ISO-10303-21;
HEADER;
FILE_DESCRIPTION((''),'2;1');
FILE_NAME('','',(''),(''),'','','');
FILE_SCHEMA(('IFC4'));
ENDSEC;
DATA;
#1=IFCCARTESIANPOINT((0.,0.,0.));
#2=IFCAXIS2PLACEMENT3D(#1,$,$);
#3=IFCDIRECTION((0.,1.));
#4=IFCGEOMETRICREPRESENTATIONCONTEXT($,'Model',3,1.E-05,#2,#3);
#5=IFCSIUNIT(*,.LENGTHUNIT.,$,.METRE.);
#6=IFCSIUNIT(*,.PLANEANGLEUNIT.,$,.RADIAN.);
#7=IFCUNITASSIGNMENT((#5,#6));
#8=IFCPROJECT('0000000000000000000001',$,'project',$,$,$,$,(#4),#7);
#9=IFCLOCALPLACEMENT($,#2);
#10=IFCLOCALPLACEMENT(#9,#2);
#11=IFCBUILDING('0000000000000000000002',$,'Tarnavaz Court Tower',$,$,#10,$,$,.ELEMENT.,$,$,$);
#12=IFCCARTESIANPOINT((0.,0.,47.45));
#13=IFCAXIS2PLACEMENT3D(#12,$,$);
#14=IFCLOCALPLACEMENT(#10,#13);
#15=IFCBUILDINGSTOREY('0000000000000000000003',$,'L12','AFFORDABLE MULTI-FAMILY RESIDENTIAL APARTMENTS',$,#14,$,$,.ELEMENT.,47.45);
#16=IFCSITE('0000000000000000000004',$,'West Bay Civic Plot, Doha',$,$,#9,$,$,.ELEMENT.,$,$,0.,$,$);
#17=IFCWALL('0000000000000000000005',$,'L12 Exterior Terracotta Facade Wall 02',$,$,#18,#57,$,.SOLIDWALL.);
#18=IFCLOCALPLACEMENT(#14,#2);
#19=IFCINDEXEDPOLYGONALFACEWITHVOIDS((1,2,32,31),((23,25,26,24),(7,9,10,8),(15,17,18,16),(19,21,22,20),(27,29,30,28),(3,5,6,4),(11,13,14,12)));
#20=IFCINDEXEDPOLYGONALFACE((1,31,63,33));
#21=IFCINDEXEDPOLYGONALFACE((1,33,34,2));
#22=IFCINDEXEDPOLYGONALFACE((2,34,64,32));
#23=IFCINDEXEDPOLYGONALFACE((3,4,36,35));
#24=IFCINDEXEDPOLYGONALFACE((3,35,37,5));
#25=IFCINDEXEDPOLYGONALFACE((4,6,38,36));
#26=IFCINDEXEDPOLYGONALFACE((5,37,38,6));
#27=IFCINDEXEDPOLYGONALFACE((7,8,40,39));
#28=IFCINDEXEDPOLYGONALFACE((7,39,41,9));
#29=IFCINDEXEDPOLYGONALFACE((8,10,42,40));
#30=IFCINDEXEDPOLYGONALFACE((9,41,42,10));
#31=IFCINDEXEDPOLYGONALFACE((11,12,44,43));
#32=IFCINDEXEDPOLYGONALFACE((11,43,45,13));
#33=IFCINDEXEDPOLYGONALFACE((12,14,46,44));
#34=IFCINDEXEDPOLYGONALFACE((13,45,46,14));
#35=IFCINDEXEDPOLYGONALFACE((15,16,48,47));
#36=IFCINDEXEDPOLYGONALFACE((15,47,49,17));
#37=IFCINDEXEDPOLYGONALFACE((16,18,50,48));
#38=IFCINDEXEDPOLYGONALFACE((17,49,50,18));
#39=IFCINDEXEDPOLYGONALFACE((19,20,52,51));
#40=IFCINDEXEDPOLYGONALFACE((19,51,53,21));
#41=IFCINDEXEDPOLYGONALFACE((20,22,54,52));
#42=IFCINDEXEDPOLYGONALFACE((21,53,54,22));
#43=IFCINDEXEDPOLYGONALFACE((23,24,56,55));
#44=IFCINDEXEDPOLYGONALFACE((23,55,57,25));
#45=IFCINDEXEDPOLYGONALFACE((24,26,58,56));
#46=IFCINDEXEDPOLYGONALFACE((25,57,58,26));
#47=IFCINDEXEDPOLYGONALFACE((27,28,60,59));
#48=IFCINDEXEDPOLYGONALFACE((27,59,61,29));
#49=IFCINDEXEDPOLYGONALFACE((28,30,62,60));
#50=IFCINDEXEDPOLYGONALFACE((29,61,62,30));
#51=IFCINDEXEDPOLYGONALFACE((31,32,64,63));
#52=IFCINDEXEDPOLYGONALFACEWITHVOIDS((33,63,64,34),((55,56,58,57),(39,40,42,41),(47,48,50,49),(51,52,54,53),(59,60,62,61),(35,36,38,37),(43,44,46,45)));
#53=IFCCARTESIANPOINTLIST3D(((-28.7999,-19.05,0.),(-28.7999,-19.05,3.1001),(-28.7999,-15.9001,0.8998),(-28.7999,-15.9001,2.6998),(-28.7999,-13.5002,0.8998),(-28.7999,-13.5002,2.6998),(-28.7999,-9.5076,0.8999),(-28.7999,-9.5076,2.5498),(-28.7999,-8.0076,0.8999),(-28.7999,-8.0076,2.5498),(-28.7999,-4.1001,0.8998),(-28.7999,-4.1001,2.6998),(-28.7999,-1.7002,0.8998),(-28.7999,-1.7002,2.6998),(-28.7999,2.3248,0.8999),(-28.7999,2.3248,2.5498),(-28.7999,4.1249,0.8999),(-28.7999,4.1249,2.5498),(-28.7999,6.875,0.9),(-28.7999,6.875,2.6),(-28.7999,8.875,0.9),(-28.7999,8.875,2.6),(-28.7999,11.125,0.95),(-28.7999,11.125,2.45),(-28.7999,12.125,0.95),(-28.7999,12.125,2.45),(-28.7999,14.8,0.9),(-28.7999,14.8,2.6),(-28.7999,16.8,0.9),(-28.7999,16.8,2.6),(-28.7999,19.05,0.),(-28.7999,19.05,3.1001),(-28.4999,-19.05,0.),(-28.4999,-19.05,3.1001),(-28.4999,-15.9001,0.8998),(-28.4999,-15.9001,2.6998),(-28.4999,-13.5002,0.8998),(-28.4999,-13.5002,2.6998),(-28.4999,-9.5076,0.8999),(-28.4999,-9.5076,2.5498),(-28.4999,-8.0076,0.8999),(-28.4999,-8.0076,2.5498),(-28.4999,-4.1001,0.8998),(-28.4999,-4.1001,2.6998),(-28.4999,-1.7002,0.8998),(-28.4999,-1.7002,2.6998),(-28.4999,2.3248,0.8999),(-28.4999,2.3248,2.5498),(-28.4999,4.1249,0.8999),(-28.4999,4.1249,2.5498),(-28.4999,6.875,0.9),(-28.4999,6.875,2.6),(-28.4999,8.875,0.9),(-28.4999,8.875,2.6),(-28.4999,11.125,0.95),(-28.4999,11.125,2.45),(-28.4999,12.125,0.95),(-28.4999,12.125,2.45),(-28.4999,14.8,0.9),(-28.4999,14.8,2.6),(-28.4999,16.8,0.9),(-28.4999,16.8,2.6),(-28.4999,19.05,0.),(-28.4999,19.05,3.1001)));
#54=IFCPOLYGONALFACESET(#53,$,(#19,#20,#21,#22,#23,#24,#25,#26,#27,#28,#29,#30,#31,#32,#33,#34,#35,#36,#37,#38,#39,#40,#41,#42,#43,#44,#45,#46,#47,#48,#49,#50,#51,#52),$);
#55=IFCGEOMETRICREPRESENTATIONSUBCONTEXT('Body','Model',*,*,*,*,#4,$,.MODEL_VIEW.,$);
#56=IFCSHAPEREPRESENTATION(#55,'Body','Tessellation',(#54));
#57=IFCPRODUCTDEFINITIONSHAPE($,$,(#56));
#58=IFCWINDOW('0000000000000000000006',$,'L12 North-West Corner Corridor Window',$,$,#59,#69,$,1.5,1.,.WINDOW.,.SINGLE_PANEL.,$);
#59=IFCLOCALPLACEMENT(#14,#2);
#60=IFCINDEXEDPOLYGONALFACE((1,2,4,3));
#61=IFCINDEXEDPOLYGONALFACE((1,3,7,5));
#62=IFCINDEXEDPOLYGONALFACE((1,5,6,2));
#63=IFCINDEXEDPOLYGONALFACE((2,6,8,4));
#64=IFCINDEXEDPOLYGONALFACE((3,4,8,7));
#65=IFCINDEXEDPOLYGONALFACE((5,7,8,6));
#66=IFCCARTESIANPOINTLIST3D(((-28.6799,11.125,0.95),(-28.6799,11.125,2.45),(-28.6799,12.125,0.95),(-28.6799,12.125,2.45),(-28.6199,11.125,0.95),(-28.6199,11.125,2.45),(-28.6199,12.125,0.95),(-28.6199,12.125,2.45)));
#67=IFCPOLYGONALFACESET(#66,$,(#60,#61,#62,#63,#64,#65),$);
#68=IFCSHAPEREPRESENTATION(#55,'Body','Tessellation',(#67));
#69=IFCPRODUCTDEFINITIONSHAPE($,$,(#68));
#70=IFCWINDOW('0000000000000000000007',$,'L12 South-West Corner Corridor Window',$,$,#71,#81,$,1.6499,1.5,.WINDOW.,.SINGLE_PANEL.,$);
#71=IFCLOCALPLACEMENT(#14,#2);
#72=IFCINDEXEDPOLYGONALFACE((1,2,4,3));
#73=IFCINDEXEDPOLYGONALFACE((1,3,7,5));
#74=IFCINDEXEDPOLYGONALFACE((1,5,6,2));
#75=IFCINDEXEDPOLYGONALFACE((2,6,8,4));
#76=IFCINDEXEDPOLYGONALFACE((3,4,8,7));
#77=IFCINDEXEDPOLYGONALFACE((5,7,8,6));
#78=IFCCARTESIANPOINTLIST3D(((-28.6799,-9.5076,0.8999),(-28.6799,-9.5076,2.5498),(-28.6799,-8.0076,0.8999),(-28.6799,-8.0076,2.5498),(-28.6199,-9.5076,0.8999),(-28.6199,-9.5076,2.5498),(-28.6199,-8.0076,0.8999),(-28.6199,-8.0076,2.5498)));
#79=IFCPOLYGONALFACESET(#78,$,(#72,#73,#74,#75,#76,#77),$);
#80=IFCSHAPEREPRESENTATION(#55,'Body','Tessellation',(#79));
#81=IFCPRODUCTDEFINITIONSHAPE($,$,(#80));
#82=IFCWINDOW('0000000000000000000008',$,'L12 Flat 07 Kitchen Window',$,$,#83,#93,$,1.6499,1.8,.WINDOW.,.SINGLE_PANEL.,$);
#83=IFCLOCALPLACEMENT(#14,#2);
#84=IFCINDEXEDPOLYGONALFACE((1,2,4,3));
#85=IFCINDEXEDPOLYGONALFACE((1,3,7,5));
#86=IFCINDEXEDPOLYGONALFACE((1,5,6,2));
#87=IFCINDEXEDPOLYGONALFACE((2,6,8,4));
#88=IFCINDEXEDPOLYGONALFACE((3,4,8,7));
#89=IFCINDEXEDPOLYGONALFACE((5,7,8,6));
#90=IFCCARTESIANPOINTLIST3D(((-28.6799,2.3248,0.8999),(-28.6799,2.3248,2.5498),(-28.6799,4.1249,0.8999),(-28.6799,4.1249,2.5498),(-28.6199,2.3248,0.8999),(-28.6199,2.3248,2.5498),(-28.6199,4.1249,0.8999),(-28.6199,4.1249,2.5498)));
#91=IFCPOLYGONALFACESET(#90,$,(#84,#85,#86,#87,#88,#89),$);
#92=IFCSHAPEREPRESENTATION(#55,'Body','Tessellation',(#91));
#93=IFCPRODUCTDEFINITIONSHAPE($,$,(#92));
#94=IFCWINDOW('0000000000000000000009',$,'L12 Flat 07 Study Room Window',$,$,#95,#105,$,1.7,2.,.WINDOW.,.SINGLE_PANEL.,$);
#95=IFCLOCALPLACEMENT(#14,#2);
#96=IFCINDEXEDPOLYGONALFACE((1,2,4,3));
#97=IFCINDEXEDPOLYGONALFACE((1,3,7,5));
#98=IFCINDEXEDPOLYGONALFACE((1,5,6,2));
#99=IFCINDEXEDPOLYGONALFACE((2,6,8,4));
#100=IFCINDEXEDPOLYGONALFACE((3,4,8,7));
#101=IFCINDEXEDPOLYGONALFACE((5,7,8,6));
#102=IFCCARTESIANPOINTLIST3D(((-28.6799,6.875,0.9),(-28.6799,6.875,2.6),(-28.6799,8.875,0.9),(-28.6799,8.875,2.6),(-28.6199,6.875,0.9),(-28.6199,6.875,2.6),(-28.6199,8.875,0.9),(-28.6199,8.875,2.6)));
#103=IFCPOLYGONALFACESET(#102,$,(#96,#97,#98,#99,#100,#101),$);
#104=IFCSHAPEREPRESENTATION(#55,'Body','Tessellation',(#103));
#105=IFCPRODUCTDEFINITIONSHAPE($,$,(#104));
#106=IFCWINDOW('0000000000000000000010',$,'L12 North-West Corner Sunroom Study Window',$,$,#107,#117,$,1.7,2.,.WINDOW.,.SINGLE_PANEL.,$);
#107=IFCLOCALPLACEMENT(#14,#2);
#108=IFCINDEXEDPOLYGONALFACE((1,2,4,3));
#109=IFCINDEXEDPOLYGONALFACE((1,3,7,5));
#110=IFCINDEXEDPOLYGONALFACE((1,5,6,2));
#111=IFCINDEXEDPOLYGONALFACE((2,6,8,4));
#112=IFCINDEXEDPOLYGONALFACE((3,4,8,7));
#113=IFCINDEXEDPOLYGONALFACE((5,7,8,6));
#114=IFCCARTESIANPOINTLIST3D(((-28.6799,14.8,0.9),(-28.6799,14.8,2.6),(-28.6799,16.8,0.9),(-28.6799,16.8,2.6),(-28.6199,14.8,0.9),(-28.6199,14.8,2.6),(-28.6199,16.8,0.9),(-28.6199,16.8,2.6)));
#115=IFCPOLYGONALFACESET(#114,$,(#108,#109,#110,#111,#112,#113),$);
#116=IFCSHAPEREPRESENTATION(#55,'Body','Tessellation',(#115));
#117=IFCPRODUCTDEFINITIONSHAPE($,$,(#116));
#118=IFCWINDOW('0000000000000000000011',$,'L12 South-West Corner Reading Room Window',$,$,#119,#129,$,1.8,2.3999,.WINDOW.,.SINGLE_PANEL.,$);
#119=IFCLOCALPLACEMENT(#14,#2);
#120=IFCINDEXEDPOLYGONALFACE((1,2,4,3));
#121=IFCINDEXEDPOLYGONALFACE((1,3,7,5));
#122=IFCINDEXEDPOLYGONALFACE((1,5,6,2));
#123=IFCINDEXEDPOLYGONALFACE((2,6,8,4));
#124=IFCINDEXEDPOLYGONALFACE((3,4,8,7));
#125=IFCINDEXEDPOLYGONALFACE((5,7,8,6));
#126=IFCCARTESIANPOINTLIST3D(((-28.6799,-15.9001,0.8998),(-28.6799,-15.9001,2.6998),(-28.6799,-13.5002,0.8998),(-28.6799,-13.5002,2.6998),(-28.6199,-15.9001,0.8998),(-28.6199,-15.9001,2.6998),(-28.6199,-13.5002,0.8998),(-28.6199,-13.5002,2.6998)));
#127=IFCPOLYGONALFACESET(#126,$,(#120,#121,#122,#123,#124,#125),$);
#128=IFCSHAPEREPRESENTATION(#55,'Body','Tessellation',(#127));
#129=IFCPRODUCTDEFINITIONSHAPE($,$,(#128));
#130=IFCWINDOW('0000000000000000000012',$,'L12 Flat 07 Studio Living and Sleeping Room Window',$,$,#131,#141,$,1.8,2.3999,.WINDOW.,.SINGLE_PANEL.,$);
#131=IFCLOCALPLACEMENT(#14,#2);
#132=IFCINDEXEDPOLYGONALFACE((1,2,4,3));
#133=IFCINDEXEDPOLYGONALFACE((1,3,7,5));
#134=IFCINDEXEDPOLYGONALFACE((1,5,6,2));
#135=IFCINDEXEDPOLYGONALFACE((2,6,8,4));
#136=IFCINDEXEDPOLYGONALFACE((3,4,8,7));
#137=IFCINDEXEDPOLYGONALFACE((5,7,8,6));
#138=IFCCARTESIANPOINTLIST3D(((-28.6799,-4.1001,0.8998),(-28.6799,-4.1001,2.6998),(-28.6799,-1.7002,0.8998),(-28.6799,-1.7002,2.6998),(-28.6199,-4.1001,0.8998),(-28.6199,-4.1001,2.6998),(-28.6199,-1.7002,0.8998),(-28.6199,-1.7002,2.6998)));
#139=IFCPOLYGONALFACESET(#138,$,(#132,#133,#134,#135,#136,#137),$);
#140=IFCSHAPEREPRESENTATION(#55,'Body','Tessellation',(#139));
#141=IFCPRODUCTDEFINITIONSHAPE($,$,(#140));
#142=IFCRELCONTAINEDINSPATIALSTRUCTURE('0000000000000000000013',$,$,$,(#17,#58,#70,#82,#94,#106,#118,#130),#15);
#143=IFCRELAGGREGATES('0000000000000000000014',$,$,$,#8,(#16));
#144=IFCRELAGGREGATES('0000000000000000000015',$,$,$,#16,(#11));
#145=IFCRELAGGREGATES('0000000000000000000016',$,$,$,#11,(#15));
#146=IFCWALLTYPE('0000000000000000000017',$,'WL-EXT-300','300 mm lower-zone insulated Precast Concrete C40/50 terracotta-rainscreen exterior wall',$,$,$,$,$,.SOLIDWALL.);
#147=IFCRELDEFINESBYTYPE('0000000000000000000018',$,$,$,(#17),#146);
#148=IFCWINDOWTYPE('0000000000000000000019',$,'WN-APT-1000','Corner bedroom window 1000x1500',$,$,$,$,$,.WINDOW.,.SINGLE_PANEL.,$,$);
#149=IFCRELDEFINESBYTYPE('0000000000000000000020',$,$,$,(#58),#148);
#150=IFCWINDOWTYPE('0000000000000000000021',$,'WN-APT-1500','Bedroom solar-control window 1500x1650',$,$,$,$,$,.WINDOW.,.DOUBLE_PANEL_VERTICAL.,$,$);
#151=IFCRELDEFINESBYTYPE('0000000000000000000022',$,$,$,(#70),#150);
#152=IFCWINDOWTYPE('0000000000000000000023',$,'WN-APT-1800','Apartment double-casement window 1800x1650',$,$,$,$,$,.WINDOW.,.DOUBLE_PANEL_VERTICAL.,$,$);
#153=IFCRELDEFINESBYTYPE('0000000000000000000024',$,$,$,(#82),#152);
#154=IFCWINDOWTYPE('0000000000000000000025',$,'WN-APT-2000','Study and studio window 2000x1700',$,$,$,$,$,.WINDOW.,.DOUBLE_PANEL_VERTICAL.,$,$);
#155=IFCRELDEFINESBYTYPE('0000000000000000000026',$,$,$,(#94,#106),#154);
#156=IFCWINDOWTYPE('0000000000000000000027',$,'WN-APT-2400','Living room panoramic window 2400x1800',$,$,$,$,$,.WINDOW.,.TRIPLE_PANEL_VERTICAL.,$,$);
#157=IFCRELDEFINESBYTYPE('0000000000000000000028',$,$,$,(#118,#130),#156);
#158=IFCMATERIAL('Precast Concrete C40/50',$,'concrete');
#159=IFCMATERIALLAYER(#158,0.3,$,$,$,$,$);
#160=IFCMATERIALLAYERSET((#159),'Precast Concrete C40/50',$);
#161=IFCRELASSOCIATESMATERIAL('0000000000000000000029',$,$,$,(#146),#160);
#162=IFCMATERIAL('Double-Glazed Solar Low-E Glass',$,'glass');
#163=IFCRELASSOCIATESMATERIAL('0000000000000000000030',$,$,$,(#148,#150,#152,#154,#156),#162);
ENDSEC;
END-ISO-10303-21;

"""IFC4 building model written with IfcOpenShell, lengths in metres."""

from ifc_helpers import new_model, si_unit, direction, frame, frame_2d, origin, place, context, subcontext, project, spatial, rectangle, extrude, material, layer, layer_set, type_object, element, fill, save


model = new_model("IFC4")

# Units and contexts
model_context = context("Model", 3, precision=1e-05, world=origin(), true_north=direction((0.0, 1.0)))
body_context = subcontext(model_context, "Body", "Model", "MODEL_VIEW")
ifc_project = project(units=[si_unit("LENGTHUNIT", "METRE"), si_unit("PLANEANGLEUNIT", "RADIAN")], contexts=[model_context])

# Site, building, storey
site_placement = place(None, origin())
site = spatial("IfcSite", under=ifc_project, at=site_placement, Name="West Bay Civic Plot, Doha", CompositionType="ELEMENT", RefElevation=0.0)
building_placement = place(site_placement, origin())
building = spatial("IfcBuilding", under=site, at=building_placement, Name="Tarnavaz Court Tower", CompositionType="ELEMENT")
storey_placement = place(building_placement, frame((0.0, 0.0, 47.45)))
storey = spatial("IfcBuildingStorey", under=building, at=storey_placement, Name="L12", Description="AFFORDABLE MULTI-FAMILY RESIDENTIAL APARTMENTS", CompositionType="ELEMENT", Elevation=47.45)

# Wall, openings, windows
ifc_material_1 = material(Name="Precast Concrete C40/50", Category="concrete")
ifc_layer_1 = layer(ifc_material_1, 0.3)
ifc_layer_set_1 = layer_set([ifc_layer_1], Name="Precast Concrete C40/50")
wall_type_1 = type_object("IfcWallType", Name="WL-EXT-300", Description="300 mm lower-zone insulated Precast Concrete C40/50 terracotta-rainscreen exterior wall", PredefinedType="SOLIDWALL", material=ifc_layer_set_1)
wall_1_placement = place(storey_placement, frame((-28.6499, -19.05, 0.0), z_axis=(0.0, 0.0, 1.0), x_axis=(0.0, 1.0, 0.0)))
wall_1 = element("IfcWall", 1, at=wall_1_placement, inside=storey, type_object=wall_type_1, Name="L12 Exterior Terracotta Facade Wall 02", PredefinedType="SOLIDWALL", context=body_context, shape_type="SweptSolid", body=[
    extrude(rectangle(XDim=38.1001, YDim=0.3, at=frame_2d((19.05, 0.0))), origin(), (0.0, 0.0, 1.0), 3.1001),
])
opening_1_placement = place(wall_1_placement, frame((3.1499, 0.0, 0.8999)))
opening_1 = element("IfcOpeningElement", 2, at=opening_1_placement, cuts=wall_1, PredefinedType="OPENING", context=body_context, shape_type="SweptSolid", body=[
    extrude(rectangle(XDim=2.3999, YDim=1.8, at=frame_2d((1.2, 0.8999))), frame((0.0, 0.1599, 0.0), z_axis=(0.0, -1.0, 0.0), x_axis=(1.0, 0.0, 0.0)), (0.0, 0.0, 1.0), 0.3201),
])
opening_2_placement = place(wall_1_placement, frame((9.5425, 0.0, 0.8999)))
opening_2 = element("IfcOpeningElement", 3, at=opening_2_placement, cuts=wall_1, PredefinedType="OPENING", context=body_context, shape_type="SweptSolid", body=[
    extrude(rectangle(XDim=1.5, YDim=1.6499, at=frame_2d((0.75, 0.825))), frame((0.0, 0.1599, 0.0), z_axis=(0.0, -1.0, 0.0), x_axis=(1.0, 0.0, 0.0)), (0.0, 0.0, 1.0), 0.3201),
])
opening_3_placement = place(wall_1_placement, frame((14.95, 0.0, 0.8999)))
opening_3 = element("IfcOpeningElement", 4, at=opening_3_placement, cuts=wall_1, PredefinedType="OPENING", context=body_context, shape_type="SweptSolid", body=[
    extrude(rectangle(XDim=2.3999, YDim=1.8, at=frame_2d((1.2, 0.8999))), frame((0.0, 0.1599, 0.0), z_axis=(0.0, -1.0, 0.0), x_axis=(1.0, 0.0, 0.0)), (0.0, 0.0, 1.0), 0.3201),
])
opening_4_placement = place(wall_1_placement, frame((21.375, 0.0, 0.8999)))
opening_4 = element("IfcOpeningElement", 5, at=opening_4_placement, cuts=wall_1, PredefinedType="OPENING", context=body_context, shape_type="SweptSolid", body=[
    extrude(rectangle(XDim=1.8, YDim=1.6499, at=frame_2d((0.8999, 0.825))), frame((0.0, 0.1599, 0.0), z_axis=(0.0, -1.0, 0.0), x_axis=(1.0, 0.0, 0.0)), (0.0, 0.0, 1.0), 0.3201),
])
opening_5_placement = place(wall_1_placement, frame((25.925, 0.0, 0.8999)))
opening_5 = element("IfcOpeningElement", 6, at=opening_5_placement, cuts=wall_1, PredefinedType="OPENING", context=body_context, shape_type="SweptSolid", body=[
    extrude(rectangle(XDim=2.0, YDim=1.7, at=frame_2d((1.0, 0.8501))), frame((0.0, 0.1599, 0.0), z_axis=(0.0, -1.0, 0.0), x_axis=(1.0, 0.0, 0.0)), (0.0, 0.0, 1.0), 0.3201),
])
opening_6_placement = place(wall_1_placement, frame((30.175, 0.0, 0.95)))
opening_6 = element("IfcOpeningElement", 7, at=opening_6_placement, cuts=wall_1, PredefinedType="OPENING", context=body_context, shape_type="SweptSolid", body=[
    extrude(rectangle(XDim=1.0, YDim=1.5, at=frame_2d((0.5, 0.75))), frame((0.0, 0.1599, 0.0), z_axis=(0.0, -1.0, 0.0), x_axis=(1.0, 0.0, 0.0)), (0.0, 0.0, 1.0), 0.3201),
])
opening_7_placement = place(wall_1_placement, frame((33.8501, 0.0, 0.8999)))
opening_7 = element("IfcOpeningElement", 8, at=opening_7_placement, cuts=wall_1, PredefinedType="OPENING", context=body_context, shape_type="SweptSolid", body=[
    extrude(rectangle(XDim=2.0, YDim=1.7, at=frame_2d((1.0, 0.8501))), frame((0.0, 0.1599, 0.0), z_axis=(0.0, -1.0, 0.0), x_axis=(1.0, 0.0, 0.0)), (0.0, 0.0, 1.0), 0.3201),
])
ifc_material_2 = material(Name="Double-Glazed Solar Low-E Glass", Category="glass")
window_type_1 = type_object("IfcWindowType", Name="WN-APT-1000", Description="Corner bedroom window 1000x1500", PartitioningType="SINGLE_PANEL", PredefinedType="WINDOW", material=ifc_material_2)
window_1_placement = place(opening_6_placement, origin())
window_1 = element("IfcWindow", 9, at=window_1_placement, inside=storey, type_object=window_type_1, Name="L12 North-West Corner Corridor Window", OverallHeight=1.5, OverallWidth=1.0, PartitioningType="SINGLE_PANEL", PredefinedType="WINDOW", context=body_context, shape_type="SweptSolid", body=[
    extrude(rectangle(XDim=1.0, YDim=1.5, at=frame_2d((0.5, 0.75))), frame((0.0, 0.03, 0.0), z_axis=(0.0, -1.0, 0.0), x_axis=(1.0, 0.0, 0.0)), (0.0, 0.0, 1.0), 0.0601),
])
fill(opening_6, window_1)
window_type_2 = type_object("IfcWindowType", Name="WN-APT-1500", Description="Bedroom solar-control window 1500x1650", PartitioningType="DOUBLE_PANEL_VERTICAL", PredefinedType="WINDOW", material=ifc_material_2)
window_2_placement = place(opening_2_placement, origin())
window_2 = element("IfcWindow", 10, at=window_2_placement, inside=storey, type_object=window_type_2, Name="L12 South-West Corner Corridor Window", OverallHeight=1.6499, OverallWidth=1.5, PartitioningType="SINGLE_PANEL", PredefinedType="WINDOW", context=body_context, shape_type="SweptSolid", body=[
    extrude(rectangle(XDim=1.5, YDim=1.6499, at=frame_2d((0.75, 0.825))), frame((0.0, 0.03, 0.0), z_axis=(0.0, -1.0, 0.0), x_axis=(1.0, 0.0, 0.0)), (0.0, 0.0, 1.0), 0.0601),
])
fill(opening_2, window_2)
window_type_3 = type_object("IfcWindowType", Name="WN-APT-1800", Description="Apartment double-casement window 1800x1650", PartitioningType="DOUBLE_PANEL_VERTICAL", PredefinedType="WINDOW", material=ifc_material_2)
window_3_placement = place(opening_4_placement, origin())
window_3 = element("IfcWindow", 11, at=window_3_placement, inside=storey, type_object=window_type_3, Name="L12 Flat 07 Kitchen Window", OverallHeight=1.6499, OverallWidth=1.8, PartitioningType="SINGLE_PANEL", PredefinedType="WINDOW", context=body_context, shape_type="SweptSolid", body=[
    extrude(rectangle(XDim=1.8, YDim=1.6499, at=frame_2d((0.8999, 0.825))), frame((0.0, 0.03, 0.0), z_axis=(0.0, -1.0, 0.0), x_axis=(1.0, 0.0, 0.0)), (0.0, 0.0, 1.0), 0.0601),
])
fill(opening_4, window_3)
window_type_4 = type_object("IfcWindowType", Name="WN-APT-2000", Description="Study and studio window 2000x1700", PartitioningType="DOUBLE_PANEL_VERTICAL", PredefinedType="WINDOW", material=ifc_material_2)
window_4_placement = place(opening_5_placement, origin())
window_4 = element("IfcWindow", 12, at=window_4_placement, inside=storey, type_object=window_type_4, Name="L12 Flat 07 Study Room Window", OverallHeight=1.7, OverallWidth=2.0, PartitioningType="SINGLE_PANEL", PredefinedType="WINDOW", context=body_context, shape_type="SweptSolid", body=[
    extrude(rectangle(XDim=2.0, YDim=1.7, at=frame_2d((1.0, 0.8501))), frame((0.0, 0.03, 0.0), z_axis=(0.0, -1.0, 0.0), x_axis=(1.0, 0.0, 0.0)), (0.0, 0.0, 1.0), 0.0601),
])
fill(opening_5, window_4)
window_5_placement = place(opening_7_placement, origin())
window_5 = element("IfcWindow", 13, at=window_5_placement, inside=storey, type_object=window_type_4, Name="L12 North-West Corner Sunroom Study Window", OverallHeight=1.7, OverallWidth=2.0, PartitioningType="SINGLE_PANEL", PredefinedType="WINDOW", context=body_context, shape_type="SweptSolid", body=[
    extrude(rectangle(XDim=2.0, YDim=1.7, at=frame_2d((1.0, 0.8501))), frame((0.0, 0.03, 0.0), z_axis=(0.0, -1.0, 0.0), x_axis=(1.0, 0.0, 0.0)), (0.0, 0.0, 1.0), 0.0601),
])
fill(opening_7, window_5)
window_type_5 = type_object("IfcWindowType", Name="WN-APT-2400", Description="Living room panoramic window 2400x1800", PartitioningType="TRIPLE_PANEL_VERTICAL", PredefinedType="WINDOW", material=ifc_material_2)
window_6_placement = place(opening_1_placement, origin())
window_6 = element("IfcWindow", 14, at=window_6_placement, inside=storey, type_object=window_type_5, Name="L12 South-West Corner Reading Room Window", OverallHeight=1.8, OverallWidth=2.3999, PartitioningType="SINGLE_PANEL", PredefinedType="WINDOW", context=body_context, shape_type="SweptSolid", body=[
    extrude(rectangle(XDim=2.3999, YDim=1.8, at=frame_2d((1.2, 0.8999))), frame((0.0, 0.03, 0.0), z_axis=(0.0, -1.0, 0.0), x_axis=(1.0, 0.0, 0.0)), (0.0, 0.0, 1.0), 0.0601),
])
fill(opening_1, window_6)
window_7_placement = place(opening_3_placement, origin())
window_7 = element("IfcWindow", 15, at=window_7_placement, inside=storey, type_object=window_type_5, Name="L12 Flat 07 Studio Living and Sleeping Room Window", OverallHeight=1.8, OverallWidth=2.3999, PartitioningType="SINGLE_PANEL", PredefinedType="WINDOW", context=body_context, shape_type="SweptSolid", body=[
    extrude(rectangle(XDim=2.3999, YDim=1.8, at=frame_2d((1.2, 0.8999))), frame((0.0, 0.03, 0.0), z_axis=(0.0, -1.0, 0.0), x_axis=(1.0, 0.0, 0.0)), (0.0, 0.0, 1.0), 0.0601),
])
fill(opening_3, window_7)

save(model, "model.ifc")
